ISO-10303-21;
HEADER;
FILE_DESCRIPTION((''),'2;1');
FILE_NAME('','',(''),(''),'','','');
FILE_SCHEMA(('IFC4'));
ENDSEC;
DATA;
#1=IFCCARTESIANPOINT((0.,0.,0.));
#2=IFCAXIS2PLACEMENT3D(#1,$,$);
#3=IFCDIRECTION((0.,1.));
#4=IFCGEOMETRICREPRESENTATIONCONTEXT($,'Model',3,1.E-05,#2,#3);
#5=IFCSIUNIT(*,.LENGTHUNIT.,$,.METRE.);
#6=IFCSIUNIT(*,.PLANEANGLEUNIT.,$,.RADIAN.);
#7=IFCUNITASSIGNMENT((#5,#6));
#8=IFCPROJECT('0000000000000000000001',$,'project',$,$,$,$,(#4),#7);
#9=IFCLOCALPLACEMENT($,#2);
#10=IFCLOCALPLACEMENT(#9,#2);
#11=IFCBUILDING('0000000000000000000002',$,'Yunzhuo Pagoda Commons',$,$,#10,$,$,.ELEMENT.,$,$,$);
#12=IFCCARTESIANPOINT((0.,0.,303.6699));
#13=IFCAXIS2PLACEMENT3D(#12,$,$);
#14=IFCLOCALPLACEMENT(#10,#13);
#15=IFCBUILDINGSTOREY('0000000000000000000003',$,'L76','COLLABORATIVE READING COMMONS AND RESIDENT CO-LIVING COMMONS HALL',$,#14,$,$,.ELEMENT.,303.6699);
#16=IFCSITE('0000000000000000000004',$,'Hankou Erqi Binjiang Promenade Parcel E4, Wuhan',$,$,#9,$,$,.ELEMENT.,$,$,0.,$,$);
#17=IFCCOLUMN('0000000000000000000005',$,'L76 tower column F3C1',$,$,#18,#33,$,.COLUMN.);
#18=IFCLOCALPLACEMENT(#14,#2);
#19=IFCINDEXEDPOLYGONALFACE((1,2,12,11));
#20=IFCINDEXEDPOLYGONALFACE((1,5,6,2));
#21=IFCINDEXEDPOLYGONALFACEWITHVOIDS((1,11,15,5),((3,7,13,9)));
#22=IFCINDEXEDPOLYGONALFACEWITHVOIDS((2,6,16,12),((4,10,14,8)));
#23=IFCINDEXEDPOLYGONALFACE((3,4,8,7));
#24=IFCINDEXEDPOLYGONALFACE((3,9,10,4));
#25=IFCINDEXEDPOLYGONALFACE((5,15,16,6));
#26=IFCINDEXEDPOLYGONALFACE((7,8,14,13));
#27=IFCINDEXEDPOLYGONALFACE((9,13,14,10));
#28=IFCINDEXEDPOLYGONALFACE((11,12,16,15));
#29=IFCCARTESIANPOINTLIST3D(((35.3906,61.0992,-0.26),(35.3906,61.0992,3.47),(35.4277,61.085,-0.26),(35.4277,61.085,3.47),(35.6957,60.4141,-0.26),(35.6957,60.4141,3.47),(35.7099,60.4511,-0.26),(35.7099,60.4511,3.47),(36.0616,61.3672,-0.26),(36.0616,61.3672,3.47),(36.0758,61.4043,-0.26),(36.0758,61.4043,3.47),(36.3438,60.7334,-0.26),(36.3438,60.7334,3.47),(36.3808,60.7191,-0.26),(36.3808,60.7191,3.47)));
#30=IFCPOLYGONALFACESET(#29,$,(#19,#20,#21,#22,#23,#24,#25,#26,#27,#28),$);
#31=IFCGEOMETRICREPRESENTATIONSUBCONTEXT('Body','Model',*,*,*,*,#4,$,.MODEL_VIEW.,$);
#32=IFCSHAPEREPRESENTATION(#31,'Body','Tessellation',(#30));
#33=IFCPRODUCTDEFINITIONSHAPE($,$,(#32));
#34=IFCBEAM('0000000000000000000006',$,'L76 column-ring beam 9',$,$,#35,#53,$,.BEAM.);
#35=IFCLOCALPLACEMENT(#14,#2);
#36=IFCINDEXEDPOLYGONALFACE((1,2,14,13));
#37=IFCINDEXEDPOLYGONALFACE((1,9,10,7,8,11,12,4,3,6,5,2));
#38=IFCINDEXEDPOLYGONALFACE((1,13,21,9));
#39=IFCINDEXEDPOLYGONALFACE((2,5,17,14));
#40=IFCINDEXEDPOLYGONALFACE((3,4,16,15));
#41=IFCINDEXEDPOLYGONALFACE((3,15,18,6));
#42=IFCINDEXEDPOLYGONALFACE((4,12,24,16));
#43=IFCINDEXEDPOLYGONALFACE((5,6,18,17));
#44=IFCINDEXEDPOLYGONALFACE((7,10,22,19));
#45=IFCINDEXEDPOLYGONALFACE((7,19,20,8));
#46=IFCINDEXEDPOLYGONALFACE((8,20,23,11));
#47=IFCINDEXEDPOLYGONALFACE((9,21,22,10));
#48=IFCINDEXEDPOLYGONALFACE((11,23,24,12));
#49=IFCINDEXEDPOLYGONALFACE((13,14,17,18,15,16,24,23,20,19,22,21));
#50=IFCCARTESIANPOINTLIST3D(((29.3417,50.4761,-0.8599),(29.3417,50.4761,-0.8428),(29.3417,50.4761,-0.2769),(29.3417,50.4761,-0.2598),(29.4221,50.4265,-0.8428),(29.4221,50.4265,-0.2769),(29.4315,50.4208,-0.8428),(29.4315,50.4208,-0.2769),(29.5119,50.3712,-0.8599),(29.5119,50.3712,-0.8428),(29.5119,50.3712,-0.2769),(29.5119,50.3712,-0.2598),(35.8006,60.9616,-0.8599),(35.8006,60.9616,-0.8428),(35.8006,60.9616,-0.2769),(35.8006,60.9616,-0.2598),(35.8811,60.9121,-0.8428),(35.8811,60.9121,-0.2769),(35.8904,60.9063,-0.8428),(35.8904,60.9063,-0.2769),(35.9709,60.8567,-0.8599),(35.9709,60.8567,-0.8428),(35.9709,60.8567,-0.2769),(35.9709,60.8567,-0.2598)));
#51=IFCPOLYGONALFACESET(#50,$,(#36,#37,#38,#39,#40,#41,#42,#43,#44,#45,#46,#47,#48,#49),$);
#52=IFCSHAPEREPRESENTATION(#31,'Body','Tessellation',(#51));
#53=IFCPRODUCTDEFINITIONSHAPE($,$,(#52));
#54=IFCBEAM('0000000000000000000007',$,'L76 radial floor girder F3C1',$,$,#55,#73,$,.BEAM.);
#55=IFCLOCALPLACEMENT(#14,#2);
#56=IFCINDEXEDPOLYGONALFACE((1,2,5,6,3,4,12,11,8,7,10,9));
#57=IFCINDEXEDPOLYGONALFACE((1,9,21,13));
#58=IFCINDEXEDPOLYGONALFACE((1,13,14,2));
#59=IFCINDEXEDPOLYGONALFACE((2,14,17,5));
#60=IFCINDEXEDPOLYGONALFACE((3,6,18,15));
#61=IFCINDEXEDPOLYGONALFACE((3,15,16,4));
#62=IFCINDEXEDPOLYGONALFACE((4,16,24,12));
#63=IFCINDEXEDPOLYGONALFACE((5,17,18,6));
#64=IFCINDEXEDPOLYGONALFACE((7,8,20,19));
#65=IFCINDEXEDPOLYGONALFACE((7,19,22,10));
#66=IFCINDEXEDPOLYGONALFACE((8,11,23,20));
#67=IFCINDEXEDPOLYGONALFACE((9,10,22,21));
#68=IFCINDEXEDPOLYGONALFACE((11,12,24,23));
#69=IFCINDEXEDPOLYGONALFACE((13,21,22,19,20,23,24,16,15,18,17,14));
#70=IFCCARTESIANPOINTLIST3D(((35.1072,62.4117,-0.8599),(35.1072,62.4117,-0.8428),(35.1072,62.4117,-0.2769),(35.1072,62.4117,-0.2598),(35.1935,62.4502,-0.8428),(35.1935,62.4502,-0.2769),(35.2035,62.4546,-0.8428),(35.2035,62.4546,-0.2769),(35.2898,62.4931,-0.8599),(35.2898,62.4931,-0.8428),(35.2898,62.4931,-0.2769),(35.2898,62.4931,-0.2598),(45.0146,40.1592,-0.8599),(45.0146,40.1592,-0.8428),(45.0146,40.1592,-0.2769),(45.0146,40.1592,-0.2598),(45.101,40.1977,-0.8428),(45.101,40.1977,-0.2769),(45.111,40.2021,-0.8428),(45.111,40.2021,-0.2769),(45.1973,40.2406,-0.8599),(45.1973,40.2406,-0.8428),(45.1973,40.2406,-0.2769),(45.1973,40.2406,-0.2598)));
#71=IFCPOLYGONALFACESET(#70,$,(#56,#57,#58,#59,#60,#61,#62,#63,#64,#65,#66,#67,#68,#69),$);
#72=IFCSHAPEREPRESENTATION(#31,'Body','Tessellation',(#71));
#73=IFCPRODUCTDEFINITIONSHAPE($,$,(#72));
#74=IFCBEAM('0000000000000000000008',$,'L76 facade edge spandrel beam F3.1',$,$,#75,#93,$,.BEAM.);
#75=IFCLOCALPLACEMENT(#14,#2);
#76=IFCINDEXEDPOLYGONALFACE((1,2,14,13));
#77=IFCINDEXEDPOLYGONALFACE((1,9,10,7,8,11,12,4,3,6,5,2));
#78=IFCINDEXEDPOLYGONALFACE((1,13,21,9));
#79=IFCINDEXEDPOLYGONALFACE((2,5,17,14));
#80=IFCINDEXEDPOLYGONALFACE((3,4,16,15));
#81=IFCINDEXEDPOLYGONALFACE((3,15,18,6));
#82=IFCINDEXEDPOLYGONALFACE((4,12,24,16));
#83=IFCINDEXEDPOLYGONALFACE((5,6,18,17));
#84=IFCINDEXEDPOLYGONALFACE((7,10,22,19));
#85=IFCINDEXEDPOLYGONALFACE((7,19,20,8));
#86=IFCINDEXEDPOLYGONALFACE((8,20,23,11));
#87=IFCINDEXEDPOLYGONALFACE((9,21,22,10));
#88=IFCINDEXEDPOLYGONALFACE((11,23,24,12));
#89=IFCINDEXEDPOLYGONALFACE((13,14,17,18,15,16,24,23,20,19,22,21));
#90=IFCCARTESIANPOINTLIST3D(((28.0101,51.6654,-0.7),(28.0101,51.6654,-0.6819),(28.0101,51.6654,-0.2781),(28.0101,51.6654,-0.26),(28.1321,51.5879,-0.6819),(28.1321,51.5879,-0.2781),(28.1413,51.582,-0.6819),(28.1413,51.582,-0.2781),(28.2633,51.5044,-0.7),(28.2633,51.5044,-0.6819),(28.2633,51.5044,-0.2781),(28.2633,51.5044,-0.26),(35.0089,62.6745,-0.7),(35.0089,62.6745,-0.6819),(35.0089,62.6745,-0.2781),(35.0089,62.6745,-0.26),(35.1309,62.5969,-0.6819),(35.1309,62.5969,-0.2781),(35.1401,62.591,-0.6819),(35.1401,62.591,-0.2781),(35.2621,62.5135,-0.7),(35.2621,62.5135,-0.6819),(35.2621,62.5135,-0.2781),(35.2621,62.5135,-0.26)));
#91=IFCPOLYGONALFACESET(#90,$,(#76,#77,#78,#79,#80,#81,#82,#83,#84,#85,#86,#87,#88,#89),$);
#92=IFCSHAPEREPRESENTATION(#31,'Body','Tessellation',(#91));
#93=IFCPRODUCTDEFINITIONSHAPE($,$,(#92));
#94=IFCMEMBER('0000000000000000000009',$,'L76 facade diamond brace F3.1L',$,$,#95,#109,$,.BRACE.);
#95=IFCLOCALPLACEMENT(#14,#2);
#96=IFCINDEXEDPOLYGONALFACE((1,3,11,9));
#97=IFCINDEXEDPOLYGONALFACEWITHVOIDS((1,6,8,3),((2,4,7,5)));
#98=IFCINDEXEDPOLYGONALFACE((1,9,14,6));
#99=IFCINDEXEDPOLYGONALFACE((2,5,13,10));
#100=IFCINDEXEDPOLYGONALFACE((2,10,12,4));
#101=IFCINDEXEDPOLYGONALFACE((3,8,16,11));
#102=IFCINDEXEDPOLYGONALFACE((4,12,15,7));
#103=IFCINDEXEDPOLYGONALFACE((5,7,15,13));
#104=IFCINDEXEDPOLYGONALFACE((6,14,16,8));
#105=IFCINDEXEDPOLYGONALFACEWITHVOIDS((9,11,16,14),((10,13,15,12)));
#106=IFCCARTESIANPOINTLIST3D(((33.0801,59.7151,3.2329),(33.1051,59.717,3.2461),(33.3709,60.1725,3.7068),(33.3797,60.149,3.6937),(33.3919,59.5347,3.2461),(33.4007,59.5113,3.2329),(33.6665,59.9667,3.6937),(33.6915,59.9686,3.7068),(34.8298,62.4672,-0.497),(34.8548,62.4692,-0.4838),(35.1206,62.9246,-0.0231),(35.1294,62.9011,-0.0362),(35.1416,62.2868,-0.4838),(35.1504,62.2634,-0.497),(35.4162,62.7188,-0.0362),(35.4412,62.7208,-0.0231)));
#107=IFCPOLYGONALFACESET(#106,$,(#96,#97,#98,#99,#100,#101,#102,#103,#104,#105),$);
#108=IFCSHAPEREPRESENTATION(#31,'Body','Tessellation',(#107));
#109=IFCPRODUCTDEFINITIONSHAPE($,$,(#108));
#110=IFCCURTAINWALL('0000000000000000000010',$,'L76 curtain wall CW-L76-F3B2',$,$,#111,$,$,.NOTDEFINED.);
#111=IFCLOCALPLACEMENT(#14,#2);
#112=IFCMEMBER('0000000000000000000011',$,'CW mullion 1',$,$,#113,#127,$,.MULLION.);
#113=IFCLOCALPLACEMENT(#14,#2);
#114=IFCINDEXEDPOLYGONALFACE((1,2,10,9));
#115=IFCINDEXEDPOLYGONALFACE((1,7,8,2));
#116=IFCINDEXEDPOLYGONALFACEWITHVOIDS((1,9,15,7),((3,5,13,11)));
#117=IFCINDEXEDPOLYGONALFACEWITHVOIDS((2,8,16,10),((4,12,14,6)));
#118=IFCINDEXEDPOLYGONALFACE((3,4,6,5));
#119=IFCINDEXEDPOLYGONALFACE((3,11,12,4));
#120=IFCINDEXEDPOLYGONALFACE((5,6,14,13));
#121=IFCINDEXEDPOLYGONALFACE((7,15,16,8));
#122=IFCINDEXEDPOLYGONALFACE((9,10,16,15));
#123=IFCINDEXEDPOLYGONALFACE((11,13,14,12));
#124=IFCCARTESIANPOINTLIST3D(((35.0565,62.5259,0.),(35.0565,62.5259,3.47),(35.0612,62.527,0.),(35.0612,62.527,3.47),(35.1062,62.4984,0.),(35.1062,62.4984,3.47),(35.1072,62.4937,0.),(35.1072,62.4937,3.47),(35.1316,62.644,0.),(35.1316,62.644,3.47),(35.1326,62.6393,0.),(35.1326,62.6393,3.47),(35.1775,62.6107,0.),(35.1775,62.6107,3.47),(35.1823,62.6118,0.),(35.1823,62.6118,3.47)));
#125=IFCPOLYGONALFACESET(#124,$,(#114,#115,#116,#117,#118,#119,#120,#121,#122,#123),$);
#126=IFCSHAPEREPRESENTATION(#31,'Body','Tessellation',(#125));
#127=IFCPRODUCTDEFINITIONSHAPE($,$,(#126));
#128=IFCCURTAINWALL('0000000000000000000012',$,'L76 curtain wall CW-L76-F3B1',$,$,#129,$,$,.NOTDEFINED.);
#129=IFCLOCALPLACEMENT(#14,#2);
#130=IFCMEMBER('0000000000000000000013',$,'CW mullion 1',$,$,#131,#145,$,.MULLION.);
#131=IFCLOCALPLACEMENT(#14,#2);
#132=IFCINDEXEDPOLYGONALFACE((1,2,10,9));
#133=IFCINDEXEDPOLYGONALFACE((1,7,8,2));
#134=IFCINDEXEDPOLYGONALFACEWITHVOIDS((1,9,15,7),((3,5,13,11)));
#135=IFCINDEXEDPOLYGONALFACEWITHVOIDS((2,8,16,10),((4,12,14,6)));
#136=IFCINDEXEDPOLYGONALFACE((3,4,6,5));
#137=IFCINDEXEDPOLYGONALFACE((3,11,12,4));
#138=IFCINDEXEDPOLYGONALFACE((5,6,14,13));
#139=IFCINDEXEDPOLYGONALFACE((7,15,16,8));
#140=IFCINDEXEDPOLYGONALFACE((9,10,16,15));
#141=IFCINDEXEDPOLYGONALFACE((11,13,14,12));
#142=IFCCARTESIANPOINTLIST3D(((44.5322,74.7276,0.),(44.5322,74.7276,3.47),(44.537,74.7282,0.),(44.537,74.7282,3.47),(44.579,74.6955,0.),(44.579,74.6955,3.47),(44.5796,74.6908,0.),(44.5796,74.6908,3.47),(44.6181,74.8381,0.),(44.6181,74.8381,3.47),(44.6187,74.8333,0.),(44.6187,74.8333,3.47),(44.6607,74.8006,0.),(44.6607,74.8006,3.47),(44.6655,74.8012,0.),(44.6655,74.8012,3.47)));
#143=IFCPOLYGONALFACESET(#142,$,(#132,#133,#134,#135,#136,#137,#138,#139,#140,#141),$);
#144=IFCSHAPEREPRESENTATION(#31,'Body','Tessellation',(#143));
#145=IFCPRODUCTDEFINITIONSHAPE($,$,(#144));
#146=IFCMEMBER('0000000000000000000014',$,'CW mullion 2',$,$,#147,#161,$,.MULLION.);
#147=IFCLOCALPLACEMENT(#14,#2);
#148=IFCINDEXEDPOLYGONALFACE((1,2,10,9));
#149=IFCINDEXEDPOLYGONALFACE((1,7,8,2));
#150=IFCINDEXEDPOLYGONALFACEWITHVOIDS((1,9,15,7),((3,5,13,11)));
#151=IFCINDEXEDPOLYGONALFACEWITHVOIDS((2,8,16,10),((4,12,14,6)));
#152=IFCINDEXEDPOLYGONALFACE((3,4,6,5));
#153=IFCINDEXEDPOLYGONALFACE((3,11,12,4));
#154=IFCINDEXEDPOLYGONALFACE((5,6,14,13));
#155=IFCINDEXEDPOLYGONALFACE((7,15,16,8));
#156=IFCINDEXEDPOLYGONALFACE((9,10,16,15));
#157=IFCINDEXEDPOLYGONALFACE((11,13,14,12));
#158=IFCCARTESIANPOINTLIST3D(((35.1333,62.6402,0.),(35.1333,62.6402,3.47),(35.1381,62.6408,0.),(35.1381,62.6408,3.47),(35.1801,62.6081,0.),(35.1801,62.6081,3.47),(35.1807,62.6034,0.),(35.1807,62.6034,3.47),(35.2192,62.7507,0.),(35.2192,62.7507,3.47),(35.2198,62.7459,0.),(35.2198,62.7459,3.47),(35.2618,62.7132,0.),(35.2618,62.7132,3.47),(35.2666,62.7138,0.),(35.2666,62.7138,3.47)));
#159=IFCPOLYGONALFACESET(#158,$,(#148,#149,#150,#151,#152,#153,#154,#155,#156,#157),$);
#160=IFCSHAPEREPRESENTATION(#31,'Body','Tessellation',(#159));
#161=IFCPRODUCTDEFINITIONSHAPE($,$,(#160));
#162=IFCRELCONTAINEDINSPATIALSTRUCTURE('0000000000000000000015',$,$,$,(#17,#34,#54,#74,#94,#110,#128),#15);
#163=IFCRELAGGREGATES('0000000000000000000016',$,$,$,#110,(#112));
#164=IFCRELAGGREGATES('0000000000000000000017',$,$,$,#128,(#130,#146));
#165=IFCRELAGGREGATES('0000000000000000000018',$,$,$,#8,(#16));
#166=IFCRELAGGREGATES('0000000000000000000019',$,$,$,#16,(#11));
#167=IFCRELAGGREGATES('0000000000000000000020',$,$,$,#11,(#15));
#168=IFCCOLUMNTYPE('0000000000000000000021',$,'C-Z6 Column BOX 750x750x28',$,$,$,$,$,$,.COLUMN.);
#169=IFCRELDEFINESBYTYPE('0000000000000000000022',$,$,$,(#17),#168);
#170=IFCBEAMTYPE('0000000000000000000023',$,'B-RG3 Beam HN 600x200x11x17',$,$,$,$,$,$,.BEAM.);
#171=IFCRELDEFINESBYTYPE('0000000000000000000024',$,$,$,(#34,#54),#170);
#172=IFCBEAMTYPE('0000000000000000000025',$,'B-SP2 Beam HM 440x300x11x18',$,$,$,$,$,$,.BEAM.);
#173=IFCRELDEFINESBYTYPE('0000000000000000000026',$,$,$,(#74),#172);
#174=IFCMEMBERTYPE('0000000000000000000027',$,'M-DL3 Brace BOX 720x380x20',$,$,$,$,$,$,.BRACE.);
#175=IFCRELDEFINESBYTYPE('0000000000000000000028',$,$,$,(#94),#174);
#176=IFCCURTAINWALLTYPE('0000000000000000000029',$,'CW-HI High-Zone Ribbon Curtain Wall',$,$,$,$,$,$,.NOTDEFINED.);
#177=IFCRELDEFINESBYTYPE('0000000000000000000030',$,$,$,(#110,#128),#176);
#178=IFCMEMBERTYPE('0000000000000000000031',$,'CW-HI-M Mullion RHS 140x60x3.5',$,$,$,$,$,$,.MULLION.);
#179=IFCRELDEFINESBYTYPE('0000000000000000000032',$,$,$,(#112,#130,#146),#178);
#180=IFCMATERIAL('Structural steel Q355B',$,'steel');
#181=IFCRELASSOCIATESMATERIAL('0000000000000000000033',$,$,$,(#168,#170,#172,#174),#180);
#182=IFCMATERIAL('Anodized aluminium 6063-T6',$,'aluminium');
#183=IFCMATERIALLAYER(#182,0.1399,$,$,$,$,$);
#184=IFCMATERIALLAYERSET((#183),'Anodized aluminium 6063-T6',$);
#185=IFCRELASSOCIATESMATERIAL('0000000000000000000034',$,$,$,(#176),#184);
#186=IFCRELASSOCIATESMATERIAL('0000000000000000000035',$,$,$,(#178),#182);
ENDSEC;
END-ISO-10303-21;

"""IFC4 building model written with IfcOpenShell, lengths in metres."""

from ifc_helpers import new_model, si_unit, direction, frame, origin, origin_2d, place, context, subcontext, project, spatial, hollow_rectangle, i_section, extrude, source, transform, mapped, material, layer, layer_set, material_profile, profile_set, type_object, element, aggregate, save


model = new_model("IFC4")

# Units and contexts
model_context = context("Model", 3, precision=1e-05, world=origin(), true_north=direction((0.0, 1.0)))
body_context = subcontext(model_context, "Body", "Model", "MODEL_VIEW")
ifc_project = project(units=[si_unit("LENGTHUNIT", "METRE"), si_unit("PLANEANGLEUNIT", "RADIAN")], contexts=[model_context])

# Site, building, storey
site_placement = place(None, origin())
site = spatial("IfcSite", under=ifc_project, at=site_placement, Name="Hankou Erqi Binjiang Promenade Parcel E4, Wuhan", CompositionType="ELEMENT", RefElevation=0.0)
building_placement = place(site_placement, origin())
building = spatial("IfcBuilding", under=site, at=building_placement, Name="Yunzhuo Pagoda Commons", CompositionType="ELEMENT")
storey_placement = place(building_placement, frame((0.0, 0.0, 303.6699)))
storey = spatial("IfcBuildingStorey", under=building, at=storey_placement, Name="L76", Description="COLLABORATIVE READING COMMONS AND RESIDENT CO-LIVING COMMONS HALL", CompositionType="ELEMENT", Elevation=303.6699)

# Column
ifc_material_1 = material(Name="Structural steel Q355B", Category="steel")
ifc_material_profile_1 = material_profile(ifc_material_1, hollow_rectangle(XDim=0.75, YDim=0.75, WallThickness=0.0281, at=origin_2d()), Name="Structural steel Q355B")
ifc_profile_set_1 = profile_set([ifc_material_profile_1], Name="Structural steel Q355B")
column_type = type_object("IfcColumnType", Name="C-Z6 Column BOX 750x750x28", PredefinedType="COLUMN", material=ifc_profile_set_1)
shared_shape_1 = source(origin(), body_context, "Body", "SweptSolid", [
    extrude(hollow_rectangle(XDim=0.75, YDim=0.75, WallThickness=0.0281, at=origin_2d()), origin(), (0.0, 0.0, 1.0), 3.73),
])
column_placement = place(storey_placement, frame((35.8857, 60.9092, -0.26), z_axis=(0.0, 0.0, 1.0), x_axis=(-0.913545, -0.406737, 0.0)))
element("IfcColumn", 1, at=column_placement, inside=storey, type_object=column_type, Name="L76 tower column F3C1", PredefinedType="COLUMN", context=body_context, shape_type="MappedRepresentation", body=[
    mapped(shared_shape_1, transform((0.0, 0.0, 0.0), scale=1.0)),
])

# Beams
ifc_material_profile_2 = material_profile(ifc_material_1, i_section(OverallWidth=0.2, OverallDepth=0.6001, WebThickness=0.011, FlangeThickness=0.0171, at=origin_2d()), Name="Structural steel Q355B")
ifc_profile_set_2 = profile_set([ifc_material_profile_2], Name="Structural steel Q355B")
beam_type_1 = type_object("IfcBeamType", Name="B-RG3 Beam HN 600x200x11x17", PredefinedType="BEAM", material=ifc_profile_set_2)
shared_shape_2 = source(origin(), body_context, "Body", "SweptSolid", [
    extrude(i_section(OverallWidth=0.2, OverallDepth=0.6001, WebThickness=0.011, FlangeThickness=0.0171, at=origin_2d()), origin(), (0.0, 0.0, 1.0), 12.3152),
])
beam_1_placement = place(storey_placement, frame((35.8857, 60.9092, -0.5598), z_axis=(-0.524469, -0.85143, 0.0), x_axis=(0.85143, -0.524469, 0.0)))
element("IfcBeam", 2, at=beam_1_placement, inside=storey, type_object=beam_type_1, Name="L76 column-ring beam 9", PredefinedType="BEAM", context=body_context, shape_type="MappedRepresentation", body=[
    mapped(shared_shape_2, transform((0.0, 0.0, 0.0), scale=1.0)),
])
shared_shape_3 = source(origin(), body_context, "Body", "SweptSolid", [
    extrude(i_section(OverallWidth=0.2, OverallDepth=0.6001, WebThickness=0.011, FlangeThickness=0.0171, at=origin_2d()), origin(), (0.0, 0.0, 1.0), 24.3584),
])
beam_2_placement = place(storey_placement, frame((35.1985, 62.4524, -0.5598), z_axis=(0.406738, -0.913545, 0.0), x_axis=(0.913545, 0.406738, 0.0)))
element("IfcBeam", 3, at=beam_2_placement, inside=storey, type_object=beam_type_1, Name="L76 radial floor girder F3C1", PredefinedType="BEAM", context=body_context, shape_type="MappedRepresentation", body=[
    mapped(shared_shape_3, transform((0.0, 0.0, 0.0), scale=1.0)),
])
ifc_material_profile_3 = material_profile(ifc_material_1, i_section(OverallWidth=0.3, OverallDepth=0.4399, WebThickness=0.011, FlangeThickness=0.0181, at=origin_2d()), Name="Structural steel Q355B")
ifc_profile_set_3 = profile_set([ifc_material_profile_3], Name="Structural steel Q355B")
beam_type_2 = type_object("IfcBeamType", Name="B-SP2 Beam HM 440x300x11x18", PredefinedType="BEAM", material=ifc_profile_set_3)
shared_shape_4 = source(origin(), body_context, "Body", "SweptSolid", [
    extrude(i_section(OverallWidth=0.3, OverallDepth=0.4399, WebThickness=0.011, FlangeThickness=0.0181, at=origin_2d()), origin(), (0.0, 0.0, 1.0), 13.0454),
])
beam_3_placement = place(storey_placement, frame((35.1355, 62.594, -0.48), z_axis=(-0.536495, -0.843903, 0.0), x_axis=(0.843903, -0.536495, 0.0)))
element("IfcBeam", 4, at=beam_3_placement, inside=storey, type_object=beam_type_2, Name="L76 facade edge spandrel beam F3.1", PredefinedType="BEAM", context=body_context, shape_type="MappedRepresentation", body=[
    mapped(shared_shape_4, transform((0.0, 0.0, 0.0), scale=1.0)),
])

# Member
ifc_material_profile_4 = material_profile(ifc_material_1, hollow_rectangle(XDim=0.3799, YDim=0.72, WallThickness=0.02, at=origin_2d()), Name="Structural steel Q355B")
ifc_profile_set_4 = profile_set([ifc_material_profile_4], Name="Structural steel Q355B")
member_type_1 = type_object("IfcMemberType", Name="M-DL3 Brace BOX 720x380x20", PredefinedType="BRACE", material=ifc_profile_set_4)
shared_shape_5 = source(origin(), body_context, "Body", "SweptSolid", [
    extrude(hollow_rectangle(XDim=0.3799, YDim=0.72, WallThickness=0.02, at=origin_2d()), origin(), (0.0, 0.0, 1.0), 4.9546),
])
member_1_placement = place(storey_placement, frame((35.1355, 62.594, -0.26), z_axis=(-0.353151, -0.555473, 0.752818), x_axis=(0.84389, -0.536517, 0.0)))
element("IfcMember", 5, at=member_1_placement, inside=storey, type_object=member_type_1, Name="L76 facade diamond brace F3.1L", PredefinedType="BRACE", context=body_context, shape_type="MappedRepresentation", body=[
    mapped(shared_shape_5, transform((0.0, 0.0, 0.0), scale=1.0)),
])

# Curtain wall, member
ifc_material_2 = material(Name="Anodized aluminium 6063-T6", Category="aluminium")
ifc_layer_1 = layer(ifc_material_2, 0.1399)
ifc_layer_set_1 = layer_set([ifc_layer_1], Name="Anodized aluminium 6063-T6")
curtain_wall_type = type_object("IfcCurtainWallType", Name="CW-HI High-Zone Ribbon Curtain Wall", PredefinedType="NOTDEFINED", material=ifc_layer_set_1)
curtain_wall_1_placement = place(storey_placement, origin())
curtain_wall_1 = element("IfcCurtainWall", 6, at=curtain_wall_1_placement, inside=storey, type_object=curtain_wall_type, Name="L76 curtain wall CW-L76-F3B2", PredefinedType="NOTDEFINED")
ifc_material_profile_5 = material_profile(ifc_material_2, hollow_rectangle(XDim=0.0601, YDim=0.1399, WallThickness=0.0034, at=origin_2d()), Name="Anodized aluminium 6063-T6")
ifc_profile_set_5 = profile_set([ifc_material_profile_5], Name="Anodized aluminium 6063-T6")
member_type_2 = type_object("IfcMemberType", Name="CW-HI-M Mullion RHS 140x60x3.5", PredefinedType="MULLION", material=ifc_profile_set_5)
shared_shape_6 = source(origin(), body_context, "Body", "SweptSolid", [
    extrude(hollow_rectangle(XDim=0.0601, YDim=0.1399, WallThickness=0.0034, at=origin_2d()), origin(), (0.0, 0.0, 1.0), 3.47),
])
member_2_placement = place(storey_placement, frame((35.1194, 62.5688, 0.0), z_axis=(0.0, 0.0, 1.0), x_axis=(0.84391, -0.536485, 0.0)))
member_2 = element("IfcMember", 7, at=member_2_placement, type_object=member_type_2, Name="CW mullion 1", PredefinedType="MULLION", context=body_context, shape_type="MappedRepresentation", body=[
    mapped(shared_shape_6, transform((0.0, 0.0, 0.0), scale=1.0)),
])

# Curtain wall, members
curtain_wall_2_placement = place(storey_placement, origin())
curtain_wall_2 = element("IfcCurtainWall", 8, at=curtain_wall_2_placement, inside=storey, type_object=curtain_wall_type, Name="L76 curtain wall CW-L76-F3B1", PredefinedType="NOTDEFINED")
member_3_placement = place(storey_placement, frame((44.5989, 74.7644, 0.0), z_axis=(0.0, 0.0, 1.0), x_axis=(0.78943, -0.61384, 0.0)))
member_3 = element("IfcMember", 9, at=member_3_placement, type_object=member_type_2, Name="CW mullion 1", PredefinedType="MULLION", context=body_context, shape_type="MappedRepresentation", body=[
    mapped(shared_shape_6, transform((0.0, 0.0, 0.0), scale=1.0)),
])
member_4_placement = place(storey_placement, frame((35.2, 62.677, 0.0), z_axis=(0.0, 0.0, 1.0), x_axis=(0.78943, -0.61384, 0.0)))
member_4 = element("IfcMember", 10, at=member_4_placement, type_object=member_type_2, Name="CW mullion 2", PredefinedType="MULLION", context=body_context, shape_type="MappedRepresentation", body=[
    mapped(shared_shape_6, transform((0.0, 0.0, 0.0), scale=1.0)),
])

aggregate(curtain_wall_1, [member_2])

aggregate(curtain_wall_2, [member_3, member_4])

save(model, "model.ifc")
